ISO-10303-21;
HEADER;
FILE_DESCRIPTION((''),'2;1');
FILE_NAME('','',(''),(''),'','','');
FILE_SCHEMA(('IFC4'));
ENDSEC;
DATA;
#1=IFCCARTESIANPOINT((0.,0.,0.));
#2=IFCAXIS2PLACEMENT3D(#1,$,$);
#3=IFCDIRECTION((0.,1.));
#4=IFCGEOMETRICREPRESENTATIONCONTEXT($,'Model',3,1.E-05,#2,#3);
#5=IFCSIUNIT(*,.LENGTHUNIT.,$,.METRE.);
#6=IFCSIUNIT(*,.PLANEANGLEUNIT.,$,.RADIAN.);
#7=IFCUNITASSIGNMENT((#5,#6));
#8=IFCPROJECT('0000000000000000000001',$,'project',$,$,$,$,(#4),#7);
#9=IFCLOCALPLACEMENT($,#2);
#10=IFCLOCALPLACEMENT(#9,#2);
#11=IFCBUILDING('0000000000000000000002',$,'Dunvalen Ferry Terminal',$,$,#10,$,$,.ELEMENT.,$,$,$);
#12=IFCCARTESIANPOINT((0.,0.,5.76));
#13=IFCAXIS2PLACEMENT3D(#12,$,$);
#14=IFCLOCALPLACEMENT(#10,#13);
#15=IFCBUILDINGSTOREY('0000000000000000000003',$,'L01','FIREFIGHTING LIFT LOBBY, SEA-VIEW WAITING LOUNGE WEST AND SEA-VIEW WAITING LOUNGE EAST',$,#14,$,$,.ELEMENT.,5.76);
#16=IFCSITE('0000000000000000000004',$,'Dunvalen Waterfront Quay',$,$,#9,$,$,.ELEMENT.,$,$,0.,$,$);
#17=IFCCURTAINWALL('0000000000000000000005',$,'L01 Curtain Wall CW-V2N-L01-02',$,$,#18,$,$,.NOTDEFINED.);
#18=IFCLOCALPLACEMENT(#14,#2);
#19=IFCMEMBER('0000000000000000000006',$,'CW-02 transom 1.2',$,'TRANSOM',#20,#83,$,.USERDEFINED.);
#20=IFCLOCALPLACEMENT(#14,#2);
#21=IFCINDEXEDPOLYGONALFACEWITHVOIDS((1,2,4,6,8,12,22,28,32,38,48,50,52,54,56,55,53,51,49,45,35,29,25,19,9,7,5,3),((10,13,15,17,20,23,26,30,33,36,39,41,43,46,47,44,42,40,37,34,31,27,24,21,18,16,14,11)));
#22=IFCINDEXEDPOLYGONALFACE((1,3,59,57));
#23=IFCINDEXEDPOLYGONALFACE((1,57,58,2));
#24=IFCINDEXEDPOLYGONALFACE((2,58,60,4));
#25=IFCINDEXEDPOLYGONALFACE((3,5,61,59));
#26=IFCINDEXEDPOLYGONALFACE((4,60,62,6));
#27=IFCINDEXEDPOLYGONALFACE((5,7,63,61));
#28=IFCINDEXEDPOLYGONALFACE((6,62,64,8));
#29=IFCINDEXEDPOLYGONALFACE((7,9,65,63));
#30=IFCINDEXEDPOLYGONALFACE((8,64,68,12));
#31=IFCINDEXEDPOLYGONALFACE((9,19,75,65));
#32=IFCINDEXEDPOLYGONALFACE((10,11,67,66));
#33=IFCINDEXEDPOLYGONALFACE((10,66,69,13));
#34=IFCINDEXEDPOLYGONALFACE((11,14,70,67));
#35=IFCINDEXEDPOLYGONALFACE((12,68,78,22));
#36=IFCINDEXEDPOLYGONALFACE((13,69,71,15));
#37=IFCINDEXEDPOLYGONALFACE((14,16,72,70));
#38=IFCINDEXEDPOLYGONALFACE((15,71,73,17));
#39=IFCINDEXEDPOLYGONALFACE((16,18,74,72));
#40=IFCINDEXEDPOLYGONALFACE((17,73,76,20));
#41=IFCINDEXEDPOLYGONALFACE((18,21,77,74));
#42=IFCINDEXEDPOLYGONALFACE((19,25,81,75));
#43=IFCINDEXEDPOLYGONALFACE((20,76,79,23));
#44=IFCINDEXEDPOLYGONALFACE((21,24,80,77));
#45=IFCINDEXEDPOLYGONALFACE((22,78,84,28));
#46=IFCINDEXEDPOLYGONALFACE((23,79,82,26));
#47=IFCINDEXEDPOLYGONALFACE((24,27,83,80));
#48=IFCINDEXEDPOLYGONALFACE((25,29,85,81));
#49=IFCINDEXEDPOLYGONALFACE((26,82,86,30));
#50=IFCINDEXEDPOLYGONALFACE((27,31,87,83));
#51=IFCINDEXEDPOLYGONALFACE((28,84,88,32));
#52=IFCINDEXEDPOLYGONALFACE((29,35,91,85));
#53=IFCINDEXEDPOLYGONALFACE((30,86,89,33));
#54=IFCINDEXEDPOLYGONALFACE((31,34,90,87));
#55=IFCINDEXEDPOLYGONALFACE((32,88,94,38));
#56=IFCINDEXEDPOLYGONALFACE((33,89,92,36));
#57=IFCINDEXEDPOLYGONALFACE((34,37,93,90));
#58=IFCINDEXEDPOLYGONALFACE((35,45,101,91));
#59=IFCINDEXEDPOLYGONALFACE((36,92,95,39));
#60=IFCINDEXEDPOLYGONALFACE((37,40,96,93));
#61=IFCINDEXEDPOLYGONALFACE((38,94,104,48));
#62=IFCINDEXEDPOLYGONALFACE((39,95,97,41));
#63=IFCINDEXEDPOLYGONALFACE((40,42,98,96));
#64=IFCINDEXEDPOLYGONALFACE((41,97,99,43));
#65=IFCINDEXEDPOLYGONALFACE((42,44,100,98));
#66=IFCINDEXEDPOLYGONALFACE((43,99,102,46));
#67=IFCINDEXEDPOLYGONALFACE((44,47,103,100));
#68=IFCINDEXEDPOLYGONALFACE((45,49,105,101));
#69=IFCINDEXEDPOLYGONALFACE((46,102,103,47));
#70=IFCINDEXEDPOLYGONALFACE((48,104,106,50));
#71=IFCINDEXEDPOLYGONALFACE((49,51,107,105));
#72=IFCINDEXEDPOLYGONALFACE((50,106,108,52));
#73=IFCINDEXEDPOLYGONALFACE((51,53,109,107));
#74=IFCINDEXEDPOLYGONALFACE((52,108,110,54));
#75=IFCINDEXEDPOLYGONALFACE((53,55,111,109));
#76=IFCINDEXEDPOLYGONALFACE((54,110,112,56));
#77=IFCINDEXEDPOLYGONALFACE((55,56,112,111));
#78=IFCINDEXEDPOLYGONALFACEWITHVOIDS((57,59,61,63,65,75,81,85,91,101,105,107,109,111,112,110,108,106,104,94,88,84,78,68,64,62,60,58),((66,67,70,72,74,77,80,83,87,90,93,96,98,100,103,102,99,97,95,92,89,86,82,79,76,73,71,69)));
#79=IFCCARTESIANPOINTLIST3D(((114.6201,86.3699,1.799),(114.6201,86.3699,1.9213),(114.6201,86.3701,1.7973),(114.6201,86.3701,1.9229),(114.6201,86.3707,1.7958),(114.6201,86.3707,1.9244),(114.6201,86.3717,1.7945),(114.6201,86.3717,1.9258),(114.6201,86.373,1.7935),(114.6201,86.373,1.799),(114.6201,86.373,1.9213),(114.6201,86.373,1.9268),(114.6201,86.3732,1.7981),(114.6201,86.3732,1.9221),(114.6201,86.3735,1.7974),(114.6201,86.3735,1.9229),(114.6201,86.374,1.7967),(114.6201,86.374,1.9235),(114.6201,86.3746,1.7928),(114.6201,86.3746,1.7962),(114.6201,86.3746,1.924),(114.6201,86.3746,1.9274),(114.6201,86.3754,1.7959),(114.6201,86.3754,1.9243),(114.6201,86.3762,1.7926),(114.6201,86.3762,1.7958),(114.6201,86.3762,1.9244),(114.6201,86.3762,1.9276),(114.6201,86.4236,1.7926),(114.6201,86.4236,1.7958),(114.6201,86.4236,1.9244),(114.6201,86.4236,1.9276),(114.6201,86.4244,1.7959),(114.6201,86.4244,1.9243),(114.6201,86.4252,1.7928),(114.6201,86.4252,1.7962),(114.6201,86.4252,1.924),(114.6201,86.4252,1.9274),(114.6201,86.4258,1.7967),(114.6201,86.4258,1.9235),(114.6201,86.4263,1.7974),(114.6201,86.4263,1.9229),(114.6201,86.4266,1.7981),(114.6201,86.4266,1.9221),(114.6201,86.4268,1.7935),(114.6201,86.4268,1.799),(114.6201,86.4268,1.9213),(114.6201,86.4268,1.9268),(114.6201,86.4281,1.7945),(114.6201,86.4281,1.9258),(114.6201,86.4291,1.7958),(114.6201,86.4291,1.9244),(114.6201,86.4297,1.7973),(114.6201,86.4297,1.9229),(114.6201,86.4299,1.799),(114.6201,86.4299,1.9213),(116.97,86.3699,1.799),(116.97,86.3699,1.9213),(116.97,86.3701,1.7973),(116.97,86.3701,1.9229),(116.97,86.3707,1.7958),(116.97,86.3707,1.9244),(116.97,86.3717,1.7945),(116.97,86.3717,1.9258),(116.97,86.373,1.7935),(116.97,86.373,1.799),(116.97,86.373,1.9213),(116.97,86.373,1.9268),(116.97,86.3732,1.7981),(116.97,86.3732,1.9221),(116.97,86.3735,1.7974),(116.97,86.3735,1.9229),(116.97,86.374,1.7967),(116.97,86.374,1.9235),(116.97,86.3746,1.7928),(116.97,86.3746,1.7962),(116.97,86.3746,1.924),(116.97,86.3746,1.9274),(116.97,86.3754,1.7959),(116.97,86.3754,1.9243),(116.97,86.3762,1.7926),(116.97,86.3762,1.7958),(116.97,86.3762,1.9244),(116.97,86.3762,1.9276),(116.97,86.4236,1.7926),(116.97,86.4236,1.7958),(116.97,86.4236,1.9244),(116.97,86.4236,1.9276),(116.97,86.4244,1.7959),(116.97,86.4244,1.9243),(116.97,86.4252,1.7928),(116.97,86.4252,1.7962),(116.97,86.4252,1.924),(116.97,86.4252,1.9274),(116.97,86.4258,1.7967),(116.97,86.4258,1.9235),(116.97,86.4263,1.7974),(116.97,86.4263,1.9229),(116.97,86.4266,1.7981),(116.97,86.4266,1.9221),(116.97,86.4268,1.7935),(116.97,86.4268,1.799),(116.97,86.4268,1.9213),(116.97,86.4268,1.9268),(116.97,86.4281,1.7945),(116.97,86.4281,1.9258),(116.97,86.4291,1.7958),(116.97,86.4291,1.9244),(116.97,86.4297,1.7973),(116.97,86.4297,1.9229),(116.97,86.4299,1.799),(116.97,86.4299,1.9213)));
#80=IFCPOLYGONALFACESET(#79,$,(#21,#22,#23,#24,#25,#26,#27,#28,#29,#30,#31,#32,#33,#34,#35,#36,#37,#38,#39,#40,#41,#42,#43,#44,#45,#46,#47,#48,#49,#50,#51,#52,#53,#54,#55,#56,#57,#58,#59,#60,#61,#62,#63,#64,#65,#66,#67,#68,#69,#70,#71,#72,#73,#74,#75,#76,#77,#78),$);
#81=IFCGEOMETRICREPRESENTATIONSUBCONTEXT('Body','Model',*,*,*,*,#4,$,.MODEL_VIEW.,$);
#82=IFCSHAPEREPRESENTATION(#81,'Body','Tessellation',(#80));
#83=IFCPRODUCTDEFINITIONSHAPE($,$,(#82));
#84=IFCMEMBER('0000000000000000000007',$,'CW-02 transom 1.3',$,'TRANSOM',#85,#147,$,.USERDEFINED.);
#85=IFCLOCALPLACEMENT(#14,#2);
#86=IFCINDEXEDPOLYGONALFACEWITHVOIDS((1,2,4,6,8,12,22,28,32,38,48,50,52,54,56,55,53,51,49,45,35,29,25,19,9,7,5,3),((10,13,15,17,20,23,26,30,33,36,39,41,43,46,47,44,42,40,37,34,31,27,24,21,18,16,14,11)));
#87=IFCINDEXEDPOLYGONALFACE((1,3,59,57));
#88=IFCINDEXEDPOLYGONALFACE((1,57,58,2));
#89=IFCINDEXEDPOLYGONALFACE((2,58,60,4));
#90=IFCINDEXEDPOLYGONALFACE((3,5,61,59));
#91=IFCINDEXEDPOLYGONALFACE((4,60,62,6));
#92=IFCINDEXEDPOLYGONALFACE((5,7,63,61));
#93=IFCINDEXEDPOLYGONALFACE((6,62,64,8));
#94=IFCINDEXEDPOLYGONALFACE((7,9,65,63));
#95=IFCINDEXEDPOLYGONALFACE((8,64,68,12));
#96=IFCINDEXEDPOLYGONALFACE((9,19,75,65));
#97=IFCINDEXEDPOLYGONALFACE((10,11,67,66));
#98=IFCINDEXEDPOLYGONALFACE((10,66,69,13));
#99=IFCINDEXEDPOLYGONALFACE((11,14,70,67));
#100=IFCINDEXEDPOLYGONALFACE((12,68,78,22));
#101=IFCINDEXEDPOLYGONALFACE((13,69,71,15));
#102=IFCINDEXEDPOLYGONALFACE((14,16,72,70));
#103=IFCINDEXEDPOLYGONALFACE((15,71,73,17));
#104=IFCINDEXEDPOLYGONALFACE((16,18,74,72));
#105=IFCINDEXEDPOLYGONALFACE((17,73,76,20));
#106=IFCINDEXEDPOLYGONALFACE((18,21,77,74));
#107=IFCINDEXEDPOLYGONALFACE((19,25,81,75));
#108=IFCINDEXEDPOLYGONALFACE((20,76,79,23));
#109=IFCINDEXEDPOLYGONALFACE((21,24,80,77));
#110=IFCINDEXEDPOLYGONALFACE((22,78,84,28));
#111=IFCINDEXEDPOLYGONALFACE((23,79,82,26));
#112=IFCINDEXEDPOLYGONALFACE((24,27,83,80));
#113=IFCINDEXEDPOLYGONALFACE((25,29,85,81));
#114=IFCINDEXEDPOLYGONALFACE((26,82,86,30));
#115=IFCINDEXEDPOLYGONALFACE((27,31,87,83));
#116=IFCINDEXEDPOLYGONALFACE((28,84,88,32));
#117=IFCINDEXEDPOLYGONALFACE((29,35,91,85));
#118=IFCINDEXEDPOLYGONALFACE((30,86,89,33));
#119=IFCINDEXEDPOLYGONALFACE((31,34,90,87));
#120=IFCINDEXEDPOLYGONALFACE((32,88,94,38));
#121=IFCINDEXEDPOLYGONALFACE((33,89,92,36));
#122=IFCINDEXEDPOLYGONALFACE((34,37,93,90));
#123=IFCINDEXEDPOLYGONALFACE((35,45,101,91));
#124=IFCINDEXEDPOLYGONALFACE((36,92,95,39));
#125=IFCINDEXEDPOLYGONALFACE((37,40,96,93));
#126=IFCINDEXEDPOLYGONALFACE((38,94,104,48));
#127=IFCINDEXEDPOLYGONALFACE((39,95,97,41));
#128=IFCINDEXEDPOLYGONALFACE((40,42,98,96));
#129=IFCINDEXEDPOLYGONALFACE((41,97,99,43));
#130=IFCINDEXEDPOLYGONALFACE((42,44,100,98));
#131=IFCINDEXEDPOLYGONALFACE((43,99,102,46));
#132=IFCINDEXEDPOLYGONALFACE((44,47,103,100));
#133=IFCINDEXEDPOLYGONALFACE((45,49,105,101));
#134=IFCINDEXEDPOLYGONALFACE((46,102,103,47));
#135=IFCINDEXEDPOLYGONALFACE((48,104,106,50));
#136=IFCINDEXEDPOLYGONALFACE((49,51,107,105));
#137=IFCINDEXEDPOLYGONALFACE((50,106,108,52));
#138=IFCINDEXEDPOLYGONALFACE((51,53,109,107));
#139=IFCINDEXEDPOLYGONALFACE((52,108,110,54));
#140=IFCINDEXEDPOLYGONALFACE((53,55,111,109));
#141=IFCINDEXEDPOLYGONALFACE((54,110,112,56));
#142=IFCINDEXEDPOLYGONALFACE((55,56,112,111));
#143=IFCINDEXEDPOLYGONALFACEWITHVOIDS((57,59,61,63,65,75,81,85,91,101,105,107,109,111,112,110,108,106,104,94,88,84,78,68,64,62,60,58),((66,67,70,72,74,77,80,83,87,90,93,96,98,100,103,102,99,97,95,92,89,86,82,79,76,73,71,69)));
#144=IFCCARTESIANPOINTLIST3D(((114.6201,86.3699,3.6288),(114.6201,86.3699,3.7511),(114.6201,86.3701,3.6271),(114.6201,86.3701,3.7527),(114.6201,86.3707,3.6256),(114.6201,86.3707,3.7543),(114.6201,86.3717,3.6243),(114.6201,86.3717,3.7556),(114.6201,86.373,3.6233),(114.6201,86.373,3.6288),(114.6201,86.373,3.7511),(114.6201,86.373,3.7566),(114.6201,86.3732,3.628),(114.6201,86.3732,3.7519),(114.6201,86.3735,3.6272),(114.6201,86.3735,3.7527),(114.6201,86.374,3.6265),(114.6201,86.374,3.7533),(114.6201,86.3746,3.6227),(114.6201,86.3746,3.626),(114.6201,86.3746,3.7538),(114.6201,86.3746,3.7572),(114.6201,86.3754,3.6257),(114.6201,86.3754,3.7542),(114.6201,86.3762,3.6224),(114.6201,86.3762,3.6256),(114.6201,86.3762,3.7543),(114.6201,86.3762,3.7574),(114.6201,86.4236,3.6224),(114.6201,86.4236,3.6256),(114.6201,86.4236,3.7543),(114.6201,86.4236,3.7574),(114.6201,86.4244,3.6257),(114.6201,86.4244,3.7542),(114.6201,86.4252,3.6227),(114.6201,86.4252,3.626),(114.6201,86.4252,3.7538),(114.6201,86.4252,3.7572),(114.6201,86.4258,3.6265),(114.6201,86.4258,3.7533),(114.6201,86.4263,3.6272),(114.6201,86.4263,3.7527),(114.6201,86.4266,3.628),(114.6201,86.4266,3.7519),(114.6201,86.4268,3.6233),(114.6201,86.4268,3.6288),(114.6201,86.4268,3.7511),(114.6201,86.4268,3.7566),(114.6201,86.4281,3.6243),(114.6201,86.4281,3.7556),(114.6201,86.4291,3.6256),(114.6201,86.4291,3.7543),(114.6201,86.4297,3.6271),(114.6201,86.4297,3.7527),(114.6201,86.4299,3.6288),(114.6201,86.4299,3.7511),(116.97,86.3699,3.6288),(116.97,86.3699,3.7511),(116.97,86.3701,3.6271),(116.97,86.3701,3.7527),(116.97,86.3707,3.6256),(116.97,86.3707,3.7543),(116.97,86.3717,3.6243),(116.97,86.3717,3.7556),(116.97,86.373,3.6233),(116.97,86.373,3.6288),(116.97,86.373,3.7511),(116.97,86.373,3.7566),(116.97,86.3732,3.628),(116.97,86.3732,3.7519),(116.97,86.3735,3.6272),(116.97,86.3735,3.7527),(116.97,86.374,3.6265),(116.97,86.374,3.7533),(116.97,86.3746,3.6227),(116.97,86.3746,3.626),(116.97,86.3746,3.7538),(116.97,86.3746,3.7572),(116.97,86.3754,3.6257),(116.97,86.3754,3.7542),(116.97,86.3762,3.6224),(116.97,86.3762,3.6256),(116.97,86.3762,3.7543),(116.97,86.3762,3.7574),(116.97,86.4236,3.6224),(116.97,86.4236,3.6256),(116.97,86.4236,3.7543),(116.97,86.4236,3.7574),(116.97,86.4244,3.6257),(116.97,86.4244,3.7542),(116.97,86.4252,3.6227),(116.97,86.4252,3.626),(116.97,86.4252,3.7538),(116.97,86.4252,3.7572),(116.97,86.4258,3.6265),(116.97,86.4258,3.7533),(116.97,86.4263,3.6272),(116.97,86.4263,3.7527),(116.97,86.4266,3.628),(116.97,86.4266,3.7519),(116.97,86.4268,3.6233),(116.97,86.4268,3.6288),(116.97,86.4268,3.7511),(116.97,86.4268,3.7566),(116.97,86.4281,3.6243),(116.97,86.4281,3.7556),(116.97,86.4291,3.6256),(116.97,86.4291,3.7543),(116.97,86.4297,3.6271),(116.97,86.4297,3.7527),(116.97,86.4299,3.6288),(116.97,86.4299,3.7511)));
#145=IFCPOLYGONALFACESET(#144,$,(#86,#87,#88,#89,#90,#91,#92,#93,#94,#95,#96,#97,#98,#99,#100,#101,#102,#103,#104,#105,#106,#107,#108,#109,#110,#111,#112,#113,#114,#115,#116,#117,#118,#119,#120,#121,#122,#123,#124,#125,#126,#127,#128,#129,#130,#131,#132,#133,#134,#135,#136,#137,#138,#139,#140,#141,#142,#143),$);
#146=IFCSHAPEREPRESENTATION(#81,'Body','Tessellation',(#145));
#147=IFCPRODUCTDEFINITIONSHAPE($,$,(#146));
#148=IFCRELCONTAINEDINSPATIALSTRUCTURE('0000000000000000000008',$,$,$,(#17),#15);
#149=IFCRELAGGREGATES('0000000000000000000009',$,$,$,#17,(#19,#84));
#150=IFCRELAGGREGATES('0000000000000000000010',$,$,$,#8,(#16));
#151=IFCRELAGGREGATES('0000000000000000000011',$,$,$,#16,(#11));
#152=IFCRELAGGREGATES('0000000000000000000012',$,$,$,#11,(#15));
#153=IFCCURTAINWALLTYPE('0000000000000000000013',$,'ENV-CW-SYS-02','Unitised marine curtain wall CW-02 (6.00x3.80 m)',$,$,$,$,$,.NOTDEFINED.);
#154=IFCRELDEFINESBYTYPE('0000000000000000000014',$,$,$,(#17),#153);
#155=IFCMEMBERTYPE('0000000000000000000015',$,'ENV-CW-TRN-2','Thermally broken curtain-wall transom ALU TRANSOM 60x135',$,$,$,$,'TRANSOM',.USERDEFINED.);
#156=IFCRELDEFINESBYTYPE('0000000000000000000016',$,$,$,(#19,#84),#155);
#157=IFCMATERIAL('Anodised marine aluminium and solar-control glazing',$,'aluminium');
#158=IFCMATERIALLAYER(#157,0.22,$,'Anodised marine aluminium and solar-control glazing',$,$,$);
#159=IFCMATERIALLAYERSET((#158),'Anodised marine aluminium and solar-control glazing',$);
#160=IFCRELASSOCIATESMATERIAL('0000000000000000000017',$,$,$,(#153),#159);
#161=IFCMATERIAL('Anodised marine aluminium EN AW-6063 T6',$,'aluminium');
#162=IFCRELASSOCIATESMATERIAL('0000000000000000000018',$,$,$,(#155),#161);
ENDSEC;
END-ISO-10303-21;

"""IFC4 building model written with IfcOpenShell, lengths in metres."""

from ifc_helpers import new_model, si_unit, direction, frame, origin, origin_2d, place, context, subcontext, project, spatial, hollow_rectangle, extrude, material, layer, layer_set, material_profile, profile_set, type_object, element, aggregate, save


model = new_model("IFC4")

# Units and contexts
model_context = context("Model", 3, precision=1e-05, world=origin(), true_north=direction((0.0, 1.0)))
body_context = subcontext(model_context, "Body", "Model", "MODEL_VIEW")
ifc_project = project(units=[si_unit("LENGTHUNIT", "METRE"), si_unit("PLANEANGLEUNIT", "RADIAN")], contexts=[model_context])

# Site, building, storey
site_placement = place(None, origin())
site = spatial("IfcSite", under=ifc_project, at=site_placement, Name="Dunvalen Waterfront Quay", CompositionType="ELEMENT", RefElevation=0.0)
building_placement = place(site_placement, origin())
building = spatial("IfcBuilding", under=site, at=building_placement, Name="Dunvalen Ferry Terminal", CompositionType="ELEMENT")
storey_placement = place(building_placement, frame((0.0, 0.0, 5.76)))
storey = spatial("IfcBuildingStorey", under=building, at=storey_placement, Name="L01", Description="FIREFIGHTING LIFT LOBBY, SEA-VIEW WAITING LOUNGE WEST AND SEA-VIEW WAITING LOUNGE EAST", CompositionType="ELEMENT", Elevation=5.76)

# Shared definitions
ifc_material_1 = material(Name="Anodised marine aluminium and solar-control glazing", Category="aluminium")
ifc_layer_1 = layer(ifc_material_1, 0.22, Name="Anodised marine aluminium and solar-control glazing")
ifc_layer_set_1 = layer_set([ifc_layer_1], Name="Anodised marine aluminium and solar-control glazing")
curtain_wall_type = type_object("IfcCurtainWallType", Name="ENV-CW-SYS-02", Description="Unitised marine curtain wall CW-02 (6.00x3.80 m)", PredefinedType="NOTDEFINED", material=ifc_layer_set_1)
ifc_material_2 = material(Name="Anodised marine aluminium EN AW-6063 T6", Category="aluminium")

# Curtain wall
curtain_wall_1_placement = place(storey_placement, origin())
curtain_wall_1 = element("IfcCurtainWall", 1, at=curtain_wall_1_placement, inside=storey, type_object=curtain_wall_type, Name="L01 Curtain Wall CW-V2N-L01-02", PredefinedType="NOTDEFINED")

# Members
ifc_material_profile_1 = material_profile(ifc_material_2, hollow_rectangle(XDim=0.0601, YDim=0.135, WallThickness=0.0032, InnerFilletRadius=0.0032, OuterFilletRadius=0.0063, at=origin_2d()), Name="Anodised marine aluminium EN AW-6063 T6")
ifc_profile_set_1 = profile_set([ifc_material_profile_1], Name="Anodised marine aluminium EN AW-6063 T6")
member_type_1 = type_object("IfcMemberType", Name="ENV-CW-TRN-2", Description="Thermally broken curtain-wall transom ALU TRANSOM 60x135", ElementType="TRANSOM", PredefinedType="USERDEFINED", material=ifc_profile_set_1)
member_1_placement = place(storey_placement, frame((114.6201, 86.3999, 1.8601), z_axis=(1.0, 0.0, 0.0), x_axis=(0.0, 1.0, 0.0)))
member_1 = element("IfcMember", 2, at=member_1_placement, type_object=member_type_1, Name="CW-02 transom 1.2", ObjectType="TRANSOM", PredefinedType="USERDEFINED", context=body_context, shape_type="SweptSolid", body=[
    extrude(hollow_rectangle(XDim=0.0601, YDim=0.135, WallThickness=0.0032, InnerFilletRadius=0.0032, OuterFilletRadius=0.0063, at=origin_2d()), origin(), (0.0, 0.0, 1.0), 2.3499),
])
member_2_placement = place(storey_placement, frame((114.6201, 86.3999, 3.6899), z_axis=(1.0, 0.0, 0.0), x_axis=(0.0, 1.0, 0.0)))
member_2 = element("IfcMember", 3, at=member_2_placement, type_object=member_type_1, Name="CW-02 transom 1.3", ObjectType="TRANSOM", PredefinedType="USERDEFINED", context=body_context, shape_type="SweptSolid", body=[
    extrude(hollow_rectangle(XDim=0.0601, YDim=0.135, WallThickness=0.0032, InnerFilletRadius=0.0032, OuterFilletRadius=0.0063, at=origin_2d()), origin(), (0.0, 0.0, 1.0), 2.3499),
])

aggregate(curtain_wall_1, [member_1, member_2])

save(model, "model.ifc")
